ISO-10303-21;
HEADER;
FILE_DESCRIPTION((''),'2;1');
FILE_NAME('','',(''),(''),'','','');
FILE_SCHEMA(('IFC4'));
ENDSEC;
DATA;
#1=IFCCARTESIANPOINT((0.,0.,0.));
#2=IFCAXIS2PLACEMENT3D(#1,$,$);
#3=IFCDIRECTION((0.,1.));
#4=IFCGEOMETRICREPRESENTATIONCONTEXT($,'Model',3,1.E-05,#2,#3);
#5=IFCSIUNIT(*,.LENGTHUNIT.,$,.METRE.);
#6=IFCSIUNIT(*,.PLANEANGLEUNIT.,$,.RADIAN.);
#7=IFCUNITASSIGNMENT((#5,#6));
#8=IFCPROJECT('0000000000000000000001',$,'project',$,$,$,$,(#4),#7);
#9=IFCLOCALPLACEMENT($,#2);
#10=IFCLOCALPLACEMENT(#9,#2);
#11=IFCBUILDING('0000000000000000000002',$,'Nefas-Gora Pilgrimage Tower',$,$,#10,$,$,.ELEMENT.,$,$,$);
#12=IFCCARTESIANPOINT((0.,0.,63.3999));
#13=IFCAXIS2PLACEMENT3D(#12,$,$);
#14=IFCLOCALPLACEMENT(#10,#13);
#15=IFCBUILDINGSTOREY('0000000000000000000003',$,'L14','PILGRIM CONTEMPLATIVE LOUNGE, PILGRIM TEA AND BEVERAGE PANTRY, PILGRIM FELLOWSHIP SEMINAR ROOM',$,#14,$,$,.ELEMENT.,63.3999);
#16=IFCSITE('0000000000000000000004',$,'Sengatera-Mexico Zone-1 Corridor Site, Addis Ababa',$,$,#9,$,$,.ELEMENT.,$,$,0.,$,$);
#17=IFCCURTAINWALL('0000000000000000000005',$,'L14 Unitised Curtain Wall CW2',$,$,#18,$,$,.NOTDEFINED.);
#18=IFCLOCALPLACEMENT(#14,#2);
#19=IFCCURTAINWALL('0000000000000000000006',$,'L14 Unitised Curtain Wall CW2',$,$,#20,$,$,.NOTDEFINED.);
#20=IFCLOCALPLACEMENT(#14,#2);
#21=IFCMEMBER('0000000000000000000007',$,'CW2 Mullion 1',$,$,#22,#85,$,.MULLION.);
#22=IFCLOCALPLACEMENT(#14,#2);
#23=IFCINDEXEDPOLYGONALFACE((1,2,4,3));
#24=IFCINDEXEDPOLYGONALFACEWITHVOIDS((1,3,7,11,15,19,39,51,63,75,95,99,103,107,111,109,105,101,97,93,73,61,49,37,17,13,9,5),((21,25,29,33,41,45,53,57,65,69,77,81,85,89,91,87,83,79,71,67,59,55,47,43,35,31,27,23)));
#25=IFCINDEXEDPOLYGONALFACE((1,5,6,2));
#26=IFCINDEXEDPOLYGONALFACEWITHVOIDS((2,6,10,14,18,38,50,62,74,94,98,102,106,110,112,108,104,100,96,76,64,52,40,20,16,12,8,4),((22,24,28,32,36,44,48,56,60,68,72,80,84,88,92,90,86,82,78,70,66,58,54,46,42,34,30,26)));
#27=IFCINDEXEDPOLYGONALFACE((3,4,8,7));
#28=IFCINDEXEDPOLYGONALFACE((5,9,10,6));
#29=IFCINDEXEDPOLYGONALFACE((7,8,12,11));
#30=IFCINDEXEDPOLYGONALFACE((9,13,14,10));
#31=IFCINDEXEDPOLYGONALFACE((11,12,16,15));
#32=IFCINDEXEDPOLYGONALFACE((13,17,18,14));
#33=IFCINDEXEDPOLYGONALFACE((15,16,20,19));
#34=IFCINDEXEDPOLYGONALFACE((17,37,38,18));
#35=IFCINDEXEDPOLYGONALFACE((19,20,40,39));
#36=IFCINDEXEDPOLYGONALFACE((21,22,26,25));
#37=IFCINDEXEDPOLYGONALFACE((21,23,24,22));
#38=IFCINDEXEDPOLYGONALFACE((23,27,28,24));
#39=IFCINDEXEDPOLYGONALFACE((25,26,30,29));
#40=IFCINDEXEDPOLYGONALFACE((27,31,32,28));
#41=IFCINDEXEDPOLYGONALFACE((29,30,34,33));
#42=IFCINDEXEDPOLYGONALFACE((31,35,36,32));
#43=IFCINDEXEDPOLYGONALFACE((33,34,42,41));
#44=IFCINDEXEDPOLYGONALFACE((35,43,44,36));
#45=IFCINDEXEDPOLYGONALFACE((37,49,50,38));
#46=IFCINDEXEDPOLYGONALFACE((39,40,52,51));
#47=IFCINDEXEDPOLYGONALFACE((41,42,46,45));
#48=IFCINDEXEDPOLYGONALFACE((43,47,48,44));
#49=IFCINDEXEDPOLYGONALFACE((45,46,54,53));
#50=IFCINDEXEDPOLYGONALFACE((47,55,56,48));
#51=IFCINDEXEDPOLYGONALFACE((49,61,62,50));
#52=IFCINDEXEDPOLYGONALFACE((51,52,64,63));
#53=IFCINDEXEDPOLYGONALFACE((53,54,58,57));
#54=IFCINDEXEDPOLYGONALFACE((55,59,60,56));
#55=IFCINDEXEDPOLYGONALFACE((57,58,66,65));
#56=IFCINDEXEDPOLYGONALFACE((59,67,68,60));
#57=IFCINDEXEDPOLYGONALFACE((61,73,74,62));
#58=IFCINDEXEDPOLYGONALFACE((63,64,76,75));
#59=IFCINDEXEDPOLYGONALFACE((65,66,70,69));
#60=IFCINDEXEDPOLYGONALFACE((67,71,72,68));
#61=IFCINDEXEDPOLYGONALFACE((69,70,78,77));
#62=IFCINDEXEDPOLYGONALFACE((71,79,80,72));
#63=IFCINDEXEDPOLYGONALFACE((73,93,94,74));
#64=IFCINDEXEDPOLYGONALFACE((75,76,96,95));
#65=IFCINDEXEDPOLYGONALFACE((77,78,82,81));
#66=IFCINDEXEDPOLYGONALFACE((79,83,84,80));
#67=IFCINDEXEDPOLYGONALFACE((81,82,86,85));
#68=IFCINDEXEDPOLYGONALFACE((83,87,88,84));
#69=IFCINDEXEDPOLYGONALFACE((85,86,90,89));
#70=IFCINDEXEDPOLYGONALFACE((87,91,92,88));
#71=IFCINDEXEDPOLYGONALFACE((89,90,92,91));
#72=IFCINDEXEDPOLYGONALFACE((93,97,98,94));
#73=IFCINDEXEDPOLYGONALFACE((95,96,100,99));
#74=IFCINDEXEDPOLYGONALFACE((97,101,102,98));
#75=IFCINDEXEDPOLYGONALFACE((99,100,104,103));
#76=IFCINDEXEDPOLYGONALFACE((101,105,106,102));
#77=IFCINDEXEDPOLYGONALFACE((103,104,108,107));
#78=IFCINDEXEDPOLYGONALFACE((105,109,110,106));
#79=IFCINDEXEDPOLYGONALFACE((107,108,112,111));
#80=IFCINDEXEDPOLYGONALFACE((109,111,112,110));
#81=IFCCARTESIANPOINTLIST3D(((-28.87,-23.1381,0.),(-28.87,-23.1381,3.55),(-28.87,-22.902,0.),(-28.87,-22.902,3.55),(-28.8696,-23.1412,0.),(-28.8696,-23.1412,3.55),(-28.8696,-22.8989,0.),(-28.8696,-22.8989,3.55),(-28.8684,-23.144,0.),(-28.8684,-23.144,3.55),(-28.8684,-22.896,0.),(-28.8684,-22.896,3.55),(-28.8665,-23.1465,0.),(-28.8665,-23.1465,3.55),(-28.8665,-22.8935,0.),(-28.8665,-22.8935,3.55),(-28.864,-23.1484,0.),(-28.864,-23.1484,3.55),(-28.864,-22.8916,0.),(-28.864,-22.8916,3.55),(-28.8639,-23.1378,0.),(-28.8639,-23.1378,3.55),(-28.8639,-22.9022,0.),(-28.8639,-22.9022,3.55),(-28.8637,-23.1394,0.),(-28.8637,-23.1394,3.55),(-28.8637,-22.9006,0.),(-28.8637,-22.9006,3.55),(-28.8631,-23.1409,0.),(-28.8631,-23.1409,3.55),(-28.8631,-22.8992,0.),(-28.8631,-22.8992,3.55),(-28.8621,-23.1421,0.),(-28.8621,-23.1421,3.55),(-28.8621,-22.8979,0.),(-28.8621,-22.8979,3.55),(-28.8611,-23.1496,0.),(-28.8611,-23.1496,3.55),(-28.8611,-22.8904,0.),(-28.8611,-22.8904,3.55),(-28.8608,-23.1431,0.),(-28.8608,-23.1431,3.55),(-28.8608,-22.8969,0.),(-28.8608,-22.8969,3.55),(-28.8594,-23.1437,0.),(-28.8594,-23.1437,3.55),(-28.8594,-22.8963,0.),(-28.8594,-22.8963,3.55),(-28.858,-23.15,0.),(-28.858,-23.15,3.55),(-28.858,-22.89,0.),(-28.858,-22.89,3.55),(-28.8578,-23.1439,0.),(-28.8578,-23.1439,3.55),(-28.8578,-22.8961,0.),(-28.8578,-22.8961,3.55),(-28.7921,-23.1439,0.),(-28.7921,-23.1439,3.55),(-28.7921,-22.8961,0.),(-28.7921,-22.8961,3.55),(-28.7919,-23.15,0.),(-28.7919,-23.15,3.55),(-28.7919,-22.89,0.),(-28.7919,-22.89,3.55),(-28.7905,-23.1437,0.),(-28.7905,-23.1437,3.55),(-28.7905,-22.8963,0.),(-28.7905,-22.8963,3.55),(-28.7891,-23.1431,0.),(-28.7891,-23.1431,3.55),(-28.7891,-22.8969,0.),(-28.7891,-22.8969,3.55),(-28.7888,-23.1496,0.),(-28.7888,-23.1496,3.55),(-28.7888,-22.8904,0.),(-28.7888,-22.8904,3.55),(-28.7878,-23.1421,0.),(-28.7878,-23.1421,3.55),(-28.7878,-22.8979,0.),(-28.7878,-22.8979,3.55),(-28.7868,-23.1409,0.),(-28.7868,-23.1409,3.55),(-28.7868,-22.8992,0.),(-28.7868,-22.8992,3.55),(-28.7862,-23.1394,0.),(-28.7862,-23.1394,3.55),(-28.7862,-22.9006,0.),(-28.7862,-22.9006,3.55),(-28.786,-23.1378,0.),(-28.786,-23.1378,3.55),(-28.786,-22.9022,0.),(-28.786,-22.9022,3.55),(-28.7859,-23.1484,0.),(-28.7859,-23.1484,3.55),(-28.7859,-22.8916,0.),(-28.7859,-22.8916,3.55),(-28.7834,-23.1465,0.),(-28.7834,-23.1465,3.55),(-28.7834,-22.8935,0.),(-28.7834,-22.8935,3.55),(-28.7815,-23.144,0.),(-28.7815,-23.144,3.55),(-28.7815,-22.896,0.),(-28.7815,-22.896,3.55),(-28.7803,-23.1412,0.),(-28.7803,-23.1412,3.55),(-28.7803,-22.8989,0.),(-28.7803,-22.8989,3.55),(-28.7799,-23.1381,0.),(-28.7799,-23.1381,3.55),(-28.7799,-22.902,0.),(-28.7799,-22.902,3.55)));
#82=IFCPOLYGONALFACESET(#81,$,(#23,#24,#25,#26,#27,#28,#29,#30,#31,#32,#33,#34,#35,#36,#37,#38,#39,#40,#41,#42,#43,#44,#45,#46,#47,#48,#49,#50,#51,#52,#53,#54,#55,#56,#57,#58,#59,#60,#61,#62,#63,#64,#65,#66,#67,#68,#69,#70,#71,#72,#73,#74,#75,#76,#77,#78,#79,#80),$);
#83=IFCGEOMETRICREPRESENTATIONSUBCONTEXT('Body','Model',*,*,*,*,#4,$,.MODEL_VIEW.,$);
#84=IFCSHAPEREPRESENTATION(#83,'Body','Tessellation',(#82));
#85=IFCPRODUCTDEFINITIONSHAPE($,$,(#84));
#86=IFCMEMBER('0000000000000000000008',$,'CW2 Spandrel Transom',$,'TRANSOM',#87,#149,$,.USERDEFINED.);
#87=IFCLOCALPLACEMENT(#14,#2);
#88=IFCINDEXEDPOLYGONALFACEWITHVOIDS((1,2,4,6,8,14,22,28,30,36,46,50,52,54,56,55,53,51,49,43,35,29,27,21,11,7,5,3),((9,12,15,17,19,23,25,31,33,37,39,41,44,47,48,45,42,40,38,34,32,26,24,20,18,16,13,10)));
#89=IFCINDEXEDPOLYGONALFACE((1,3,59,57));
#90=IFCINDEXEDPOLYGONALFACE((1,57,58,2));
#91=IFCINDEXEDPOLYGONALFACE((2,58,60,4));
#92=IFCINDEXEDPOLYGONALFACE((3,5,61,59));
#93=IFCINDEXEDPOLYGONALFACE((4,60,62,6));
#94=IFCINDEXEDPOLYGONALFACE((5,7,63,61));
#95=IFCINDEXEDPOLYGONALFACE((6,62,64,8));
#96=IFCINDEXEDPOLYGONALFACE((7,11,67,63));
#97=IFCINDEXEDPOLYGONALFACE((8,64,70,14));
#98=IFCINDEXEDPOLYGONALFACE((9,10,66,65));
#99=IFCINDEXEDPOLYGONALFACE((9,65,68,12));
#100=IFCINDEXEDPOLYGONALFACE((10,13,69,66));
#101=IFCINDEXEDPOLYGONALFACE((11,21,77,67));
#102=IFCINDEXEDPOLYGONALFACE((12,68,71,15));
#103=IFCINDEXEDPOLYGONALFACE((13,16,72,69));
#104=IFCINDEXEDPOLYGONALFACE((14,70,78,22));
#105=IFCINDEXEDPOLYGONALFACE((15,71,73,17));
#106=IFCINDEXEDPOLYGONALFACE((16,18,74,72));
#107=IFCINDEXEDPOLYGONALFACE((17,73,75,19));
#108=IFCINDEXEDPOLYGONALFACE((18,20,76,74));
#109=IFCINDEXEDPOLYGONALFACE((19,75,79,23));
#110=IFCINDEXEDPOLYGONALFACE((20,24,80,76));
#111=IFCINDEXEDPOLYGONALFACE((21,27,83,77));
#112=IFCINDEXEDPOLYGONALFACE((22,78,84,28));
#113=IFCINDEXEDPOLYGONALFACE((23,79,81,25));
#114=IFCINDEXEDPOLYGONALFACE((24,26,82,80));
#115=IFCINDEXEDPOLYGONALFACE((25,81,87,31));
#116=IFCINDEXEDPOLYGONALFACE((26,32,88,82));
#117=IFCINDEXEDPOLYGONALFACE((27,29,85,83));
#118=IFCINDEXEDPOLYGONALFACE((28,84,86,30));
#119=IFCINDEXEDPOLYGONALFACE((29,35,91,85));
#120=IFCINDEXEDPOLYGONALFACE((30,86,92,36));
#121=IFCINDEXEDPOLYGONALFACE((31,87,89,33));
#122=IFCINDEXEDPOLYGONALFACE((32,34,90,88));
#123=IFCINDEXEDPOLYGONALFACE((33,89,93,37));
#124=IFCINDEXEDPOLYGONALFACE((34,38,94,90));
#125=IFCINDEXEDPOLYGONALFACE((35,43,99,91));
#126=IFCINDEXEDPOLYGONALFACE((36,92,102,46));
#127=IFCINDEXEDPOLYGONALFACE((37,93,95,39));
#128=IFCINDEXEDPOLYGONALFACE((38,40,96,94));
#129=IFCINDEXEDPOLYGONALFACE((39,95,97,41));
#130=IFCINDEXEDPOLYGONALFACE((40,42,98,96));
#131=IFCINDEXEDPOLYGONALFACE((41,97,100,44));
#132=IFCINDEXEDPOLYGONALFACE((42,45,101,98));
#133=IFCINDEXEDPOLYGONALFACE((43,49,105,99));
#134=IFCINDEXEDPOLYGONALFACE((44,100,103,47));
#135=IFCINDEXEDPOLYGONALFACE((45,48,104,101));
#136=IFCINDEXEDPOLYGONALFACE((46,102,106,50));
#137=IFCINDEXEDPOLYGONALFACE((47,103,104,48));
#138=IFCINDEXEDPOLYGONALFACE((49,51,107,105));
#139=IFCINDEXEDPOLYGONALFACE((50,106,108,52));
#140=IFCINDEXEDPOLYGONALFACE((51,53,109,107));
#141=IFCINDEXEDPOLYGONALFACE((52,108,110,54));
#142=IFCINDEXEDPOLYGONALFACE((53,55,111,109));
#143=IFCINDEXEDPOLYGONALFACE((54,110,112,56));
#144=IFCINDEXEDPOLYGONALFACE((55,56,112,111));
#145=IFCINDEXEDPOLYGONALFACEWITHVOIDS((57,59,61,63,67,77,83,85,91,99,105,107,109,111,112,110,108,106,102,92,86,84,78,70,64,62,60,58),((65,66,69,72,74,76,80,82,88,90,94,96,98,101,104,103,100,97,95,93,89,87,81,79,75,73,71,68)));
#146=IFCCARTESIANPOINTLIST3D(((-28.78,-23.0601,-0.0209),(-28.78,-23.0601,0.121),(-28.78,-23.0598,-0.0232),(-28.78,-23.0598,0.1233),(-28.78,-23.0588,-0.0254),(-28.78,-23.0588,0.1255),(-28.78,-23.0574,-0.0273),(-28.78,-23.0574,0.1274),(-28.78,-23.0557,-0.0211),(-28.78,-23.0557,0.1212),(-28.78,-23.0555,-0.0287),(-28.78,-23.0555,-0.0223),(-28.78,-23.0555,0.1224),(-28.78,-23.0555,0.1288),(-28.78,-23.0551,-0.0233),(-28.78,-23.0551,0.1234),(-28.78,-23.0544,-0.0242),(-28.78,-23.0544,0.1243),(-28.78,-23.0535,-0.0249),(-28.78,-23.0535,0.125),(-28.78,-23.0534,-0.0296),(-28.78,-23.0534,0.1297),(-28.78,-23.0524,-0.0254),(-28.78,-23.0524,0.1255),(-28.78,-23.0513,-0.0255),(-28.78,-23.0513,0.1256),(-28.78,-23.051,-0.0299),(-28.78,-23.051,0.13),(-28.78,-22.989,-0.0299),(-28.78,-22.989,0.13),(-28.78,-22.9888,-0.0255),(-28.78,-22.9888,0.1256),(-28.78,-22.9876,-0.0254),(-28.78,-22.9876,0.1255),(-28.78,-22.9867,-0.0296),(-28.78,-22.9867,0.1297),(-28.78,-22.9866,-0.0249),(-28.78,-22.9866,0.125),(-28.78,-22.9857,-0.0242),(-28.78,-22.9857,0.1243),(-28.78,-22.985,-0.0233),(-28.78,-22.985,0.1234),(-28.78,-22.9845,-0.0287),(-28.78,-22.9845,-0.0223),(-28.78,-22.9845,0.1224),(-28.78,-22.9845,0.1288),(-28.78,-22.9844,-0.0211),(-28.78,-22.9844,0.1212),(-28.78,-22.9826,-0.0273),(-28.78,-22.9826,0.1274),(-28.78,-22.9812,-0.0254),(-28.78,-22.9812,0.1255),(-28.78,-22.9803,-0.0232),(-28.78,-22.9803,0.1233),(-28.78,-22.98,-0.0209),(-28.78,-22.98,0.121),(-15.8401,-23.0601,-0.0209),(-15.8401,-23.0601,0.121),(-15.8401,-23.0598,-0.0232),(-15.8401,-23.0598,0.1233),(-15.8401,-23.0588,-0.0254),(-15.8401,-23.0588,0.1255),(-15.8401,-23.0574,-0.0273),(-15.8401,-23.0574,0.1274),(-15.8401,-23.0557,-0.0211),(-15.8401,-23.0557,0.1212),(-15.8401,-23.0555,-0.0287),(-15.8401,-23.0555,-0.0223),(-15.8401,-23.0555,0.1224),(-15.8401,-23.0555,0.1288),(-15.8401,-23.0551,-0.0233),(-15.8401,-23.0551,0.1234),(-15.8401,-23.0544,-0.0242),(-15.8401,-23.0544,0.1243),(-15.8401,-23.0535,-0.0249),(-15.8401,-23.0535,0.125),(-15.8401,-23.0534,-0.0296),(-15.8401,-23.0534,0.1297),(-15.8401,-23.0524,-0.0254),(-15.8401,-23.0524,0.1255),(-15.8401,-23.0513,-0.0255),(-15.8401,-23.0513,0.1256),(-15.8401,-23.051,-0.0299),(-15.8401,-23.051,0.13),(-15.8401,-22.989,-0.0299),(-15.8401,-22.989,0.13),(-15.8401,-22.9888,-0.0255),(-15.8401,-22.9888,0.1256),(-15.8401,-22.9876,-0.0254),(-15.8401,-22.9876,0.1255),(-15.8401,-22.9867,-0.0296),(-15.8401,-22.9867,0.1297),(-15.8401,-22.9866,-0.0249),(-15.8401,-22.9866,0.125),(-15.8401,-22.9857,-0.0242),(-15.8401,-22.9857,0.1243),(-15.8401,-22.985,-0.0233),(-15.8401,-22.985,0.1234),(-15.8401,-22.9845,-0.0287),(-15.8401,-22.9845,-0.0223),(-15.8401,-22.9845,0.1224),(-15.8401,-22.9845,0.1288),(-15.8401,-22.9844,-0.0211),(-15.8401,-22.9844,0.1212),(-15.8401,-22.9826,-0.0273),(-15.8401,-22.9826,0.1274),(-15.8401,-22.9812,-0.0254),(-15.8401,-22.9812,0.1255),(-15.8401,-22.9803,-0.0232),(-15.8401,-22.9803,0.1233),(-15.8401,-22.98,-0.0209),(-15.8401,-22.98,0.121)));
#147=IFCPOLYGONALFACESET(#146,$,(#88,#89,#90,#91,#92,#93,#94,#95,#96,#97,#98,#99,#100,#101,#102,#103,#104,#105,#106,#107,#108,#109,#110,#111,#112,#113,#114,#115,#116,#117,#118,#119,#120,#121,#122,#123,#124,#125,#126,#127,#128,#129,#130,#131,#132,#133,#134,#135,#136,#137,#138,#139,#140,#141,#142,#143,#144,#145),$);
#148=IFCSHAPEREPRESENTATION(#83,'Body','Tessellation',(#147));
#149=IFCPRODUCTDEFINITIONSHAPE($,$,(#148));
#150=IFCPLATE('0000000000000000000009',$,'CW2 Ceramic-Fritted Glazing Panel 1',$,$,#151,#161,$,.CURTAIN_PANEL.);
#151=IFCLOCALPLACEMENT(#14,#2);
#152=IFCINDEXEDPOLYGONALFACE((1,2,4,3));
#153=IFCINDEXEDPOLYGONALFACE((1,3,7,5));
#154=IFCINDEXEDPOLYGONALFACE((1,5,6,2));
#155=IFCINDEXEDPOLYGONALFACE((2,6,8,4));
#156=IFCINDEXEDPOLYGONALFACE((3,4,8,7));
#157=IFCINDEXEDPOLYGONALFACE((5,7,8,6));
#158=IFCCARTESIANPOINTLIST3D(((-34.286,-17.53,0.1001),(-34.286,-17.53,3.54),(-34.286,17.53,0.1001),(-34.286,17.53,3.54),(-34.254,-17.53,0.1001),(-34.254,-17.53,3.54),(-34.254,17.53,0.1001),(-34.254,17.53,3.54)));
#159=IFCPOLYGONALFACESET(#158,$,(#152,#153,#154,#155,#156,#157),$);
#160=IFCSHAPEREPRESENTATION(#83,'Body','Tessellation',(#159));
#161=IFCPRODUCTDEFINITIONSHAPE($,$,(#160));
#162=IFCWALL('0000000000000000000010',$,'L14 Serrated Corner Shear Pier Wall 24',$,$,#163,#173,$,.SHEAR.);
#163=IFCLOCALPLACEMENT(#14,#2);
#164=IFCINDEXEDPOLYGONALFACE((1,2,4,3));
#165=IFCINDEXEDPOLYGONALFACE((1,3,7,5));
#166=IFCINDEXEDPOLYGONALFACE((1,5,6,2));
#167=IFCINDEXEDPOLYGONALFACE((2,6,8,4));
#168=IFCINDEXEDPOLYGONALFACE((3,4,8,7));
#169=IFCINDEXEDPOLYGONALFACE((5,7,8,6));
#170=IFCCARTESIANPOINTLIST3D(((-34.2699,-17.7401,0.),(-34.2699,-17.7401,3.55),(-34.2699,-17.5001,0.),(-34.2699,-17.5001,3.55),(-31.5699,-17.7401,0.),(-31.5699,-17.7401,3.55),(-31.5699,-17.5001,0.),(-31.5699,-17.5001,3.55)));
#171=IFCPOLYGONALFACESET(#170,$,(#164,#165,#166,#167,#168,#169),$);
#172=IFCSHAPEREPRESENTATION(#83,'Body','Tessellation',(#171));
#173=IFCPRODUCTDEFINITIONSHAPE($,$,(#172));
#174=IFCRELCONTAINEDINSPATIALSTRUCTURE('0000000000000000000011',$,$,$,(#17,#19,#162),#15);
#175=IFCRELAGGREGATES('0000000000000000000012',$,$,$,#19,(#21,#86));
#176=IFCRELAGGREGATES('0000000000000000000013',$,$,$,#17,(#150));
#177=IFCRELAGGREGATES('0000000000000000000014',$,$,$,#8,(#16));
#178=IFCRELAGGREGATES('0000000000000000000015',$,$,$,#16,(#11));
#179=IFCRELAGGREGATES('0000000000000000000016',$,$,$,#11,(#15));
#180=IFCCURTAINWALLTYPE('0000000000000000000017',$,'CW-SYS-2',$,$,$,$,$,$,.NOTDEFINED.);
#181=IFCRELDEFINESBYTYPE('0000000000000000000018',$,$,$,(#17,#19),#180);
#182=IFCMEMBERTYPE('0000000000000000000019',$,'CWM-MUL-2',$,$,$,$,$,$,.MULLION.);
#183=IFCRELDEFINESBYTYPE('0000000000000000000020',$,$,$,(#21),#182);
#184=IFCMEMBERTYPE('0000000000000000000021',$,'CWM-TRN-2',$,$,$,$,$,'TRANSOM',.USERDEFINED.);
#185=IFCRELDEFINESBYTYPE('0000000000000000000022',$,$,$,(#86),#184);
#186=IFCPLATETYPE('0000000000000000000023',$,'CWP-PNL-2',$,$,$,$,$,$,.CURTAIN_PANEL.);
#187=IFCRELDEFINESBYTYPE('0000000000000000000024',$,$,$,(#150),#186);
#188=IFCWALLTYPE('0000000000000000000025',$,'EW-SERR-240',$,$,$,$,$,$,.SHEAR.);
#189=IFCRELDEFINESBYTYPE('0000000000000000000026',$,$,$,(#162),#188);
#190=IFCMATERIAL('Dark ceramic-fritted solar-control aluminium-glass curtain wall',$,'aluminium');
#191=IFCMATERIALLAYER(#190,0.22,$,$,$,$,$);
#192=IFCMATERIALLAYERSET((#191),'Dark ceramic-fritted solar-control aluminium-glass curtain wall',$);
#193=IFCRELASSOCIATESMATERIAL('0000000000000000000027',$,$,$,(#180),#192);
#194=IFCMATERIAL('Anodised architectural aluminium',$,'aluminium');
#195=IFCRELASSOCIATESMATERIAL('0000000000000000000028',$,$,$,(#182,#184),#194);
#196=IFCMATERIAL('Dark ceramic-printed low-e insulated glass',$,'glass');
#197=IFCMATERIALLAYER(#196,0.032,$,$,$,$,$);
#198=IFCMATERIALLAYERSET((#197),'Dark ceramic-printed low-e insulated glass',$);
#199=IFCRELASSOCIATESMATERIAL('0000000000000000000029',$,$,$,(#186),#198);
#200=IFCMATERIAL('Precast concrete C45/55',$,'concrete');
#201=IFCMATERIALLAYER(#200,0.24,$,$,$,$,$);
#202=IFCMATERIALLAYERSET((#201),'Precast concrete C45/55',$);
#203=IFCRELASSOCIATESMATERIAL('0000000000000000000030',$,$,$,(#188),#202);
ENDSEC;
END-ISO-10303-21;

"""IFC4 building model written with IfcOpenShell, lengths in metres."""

from ifc_helpers import new_model, si_unit, direction, frame, frame_2d, origin, origin_2d, place, context, subcontext, project, spatial, rectangle, hollow_rectangle, extrude, source, transform, mapped, material, layer, layer_set, material_profile, profile_set, type_object, element, aggregate, save


model = new_model("IFC4")

# Units and contexts
model_context = context("Model", 3, precision=1e-05, world=origin(), true_north=direction((0.0, 1.0)))
body_context = subcontext(model_context, "Body", "Model", "MODEL_VIEW")
ifc_project = project(units=[si_unit("LENGTHUNIT", "METRE"), si_unit("PLANEANGLEUNIT", "RADIAN")], contexts=[model_context])

# Site, building, storey
site_placement = place(None, origin())
site = spatial("IfcSite", under=ifc_project, at=site_placement, Name="Sengatera-Mexico Zone-1 Corridor Site, Addis Ababa", CompositionType="ELEMENT", RefElevation=0.0)
building_placement = place(site_placement, origin())
building = spatial("IfcBuilding", under=site, at=building_placement, Name="Nefas-Gora Pilgrimage Tower", CompositionType="ELEMENT")
storey_placement = place(building_placement, frame((0.0, 0.0, 63.3999)))
storey = spatial("IfcBuildingStorey", under=building, at=storey_placement, Name="L14", Description="PILGRIM CONTEMPLATIVE LOUNGE, PILGRIM TEA AND BEVERAGE PANTRY, PILGRIM FELLOWSHIP SEMINAR ROOM", CompositionType="ELEMENT", Elevation=63.3999)

# Curtain wall
ifc_material_1 = material(Name="Dark ceramic-fritted solar-control aluminium-glass curtain wall", Category="aluminium")
ifc_layer_1 = layer(ifc_material_1, 0.22)
ifc_layer_set_1 = layer_set([ifc_layer_1], Name="Dark ceramic-fritted solar-control aluminium-glass curtain wall")
curtain_wall_type = type_object("IfcCurtainWallType", Name="CW-SYS-2", PredefinedType="NOTDEFINED", material=ifc_layer_set_1)
curtain_wall_1_placement = place(storey_placement, origin())
curtain_wall_1 = element("IfcCurtainWall", 1, at=curtain_wall_1_placement, inside=storey, type_object=curtain_wall_type, Name="L14 Unitised Curtain Wall CW2", PredefinedType="NOTDEFINED")
ifc_material_2 = material(Name="Anodised architectural aluminium", Category="aluminium")
ifc_material_profile_1 = material_profile(ifc_material_2, hollow_rectangle(XDim=0.0901, YDim=0.26, WallThickness=0.0061, InnerFilletRadius=0.0061, OuterFilletRadius=0.012, at=origin_2d()), Name="ALU MULLION 90x260")
ifc_profile_set_1 = profile_set([ifc_material_profile_1], Name="Anodised architectural aluminium")
member_type_1 = type_object("IfcMemberType", Name="CWM-MUL-2", PredefinedType="MULLION", material=ifc_profile_set_1)
shared_shape_1 = source(origin(), body_context, "Body", "SweptSolid", [
    extrude(hollow_rectangle(XDim=0.0901, YDim=0.26, WallThickness=0.0061, InnerFilletRadius=0.0061, OuterFilletRadius=0.012, at=origin_2d()), origin(), (0.0, 0.0, 1.0), 3.55),
])

# Curtain wall, members
curtain_wall_2_placement = place(storey_placement, origin())
curtain_wall_2 = element("IfcCurtainWall", 2, at=curtain_wall_2_placement, inside=storey, type_object=curtain_wall_type, Name="L14 Unitised Curtain Wall CW2", PredefinedType="NOTDEFINED")
member_1_placement = place(storey_placement, frame((-28.825, -23.02, 0.0), z_axis=(0.0, 0.0, 1.0), x_axis=(1.0, 0.0, 0.0)))
member_1 = element("IfcMember", 3, at=member_1_placement, type_object=member_type_1, Name="CW2 Mullion 1", PredefinedType="MULLION", context=body_context, shape_type="MappedRepresentation", body=[
    mapped(shared_shape_1, transform((0.0, 0.0, 0.0), x_axis=(1.0, 0.0, 0.0), y_axis=(0.0, 1.0, 0.0), z_axis=(0.0, 0.0, 1.0), scale=1.0)),
])
ifc_material_profile_2 = material_profile(ifc_material_2, hollow_rectangle(XDim=0.0801, YDim=0.1599, WallThickness=0.0044, InnerFilletRadius=0.0044, OuterFilletRadius=0.009, at=origin_2d()), Name="ALU TRANSOM 80x160")
ifc_profile_set_2 = profile_set([ifc_material_profile_2], Name="Anodised architectural aluminium")
member_type_2 = type_object("IfcMemberType", Name="CWM-TRN-2", ElementType="TRANSOM", PredefinedType="USERDEFINED", material=ifc_profile_set_2)
shared_shape_2 = source(origin(), body_context, "Body", "SweptSolid", [
    extrude(hollow_rectangle(XDim=0.0801, YDim=0.1599, WallThickness=0.0044, InnerFilletRadius=0.0044, OuterFilletRadius=0.009, at=origin_2d()), origin(), (0.0, 0.0, 1.0), 12.9399),
])
member_2_placement = place(storey_placement, frame((-28.78, -23.02, 0.05), z_axis=(1.0, 0.0, 0.0), x_axis=(0.0, 1.0, 0.0)))
member_2 = element("IfcMember", 4, at=member_2_placement, type_object=member_type_2, Name="CW2 Spandrel Transom", ObjectType="TRANSOM", PredefinedType="USERDEFINED", context=body_context, shape_type="MappedRepresentation", body=[
    mapped(shared_shape_2, transform((0.0, 0.0, 0.0), x_axis=(1.0, 0.0, 0.0), y_axis=(0.0, 1.0, 0.0), z_axis=(0.0, 0.0, 1.0), scale=1.0)),
])
aggregate(curtain_wall_2, [member_1, member_2])

# Plate
ifc_material_3 = material(Name="Dark ceramic-printed low-e insulated glass", Category="glass")
ifc_layer_2 = layer(ifc_material_3, 0.032)
ifc_layer_set_2 = layer_set([ifc_layer_2], Name="Dark ceramic-printed low-e insulated glass")
plate_type = type_object("IfcPlateType", Name="CWP-PNL-2", PredefinedType="CURTAIN_PANEL", material=ifc_layer_set_2)
shared_shape_3 = source(origin(), body_context, "Body", "SweptSolid", [
    extrude(rectangle(XDim=35.0601, YDim=0.032, at=origin_2d()), origin(), (0.0, 0.0, 1.0), 3.4399),
])
plate_placement = place(storey_placement, frame((-34.27, 0.0, 0.1001), z_axis=(0.0, 0.0, 1.0), x_axis=(0.0, -1.0, 0.0)))
plate = element("IfcPlate", 5, at=plate_placement, type_object=plate_type, Name="CW2 Ceramic-Fritted Glazing Panel 1", PredefinedType="CURTAIN_PANEL", context=body_context, shape_type="MappedRepresentation", body=[
    mapped(shared_shape_3, transform((0.0, 0.0, 0.0), x_axis=(1.0, 0.0, 0.0), y_axis=(0.0, 1.0, 0.0), z_axis=(0.0, 0.0, 1.0), scale=1.0)),
])
aggregate(curtain_wall_1, [plate])

# Wall
ifc_material_4 = material(Name="Precast concrete C45/55", Category="concrete")
ifc_layer_3 = layer(ifc_material_4, 0.24)
ifc_layer_set_3 = layer_set([ifc_layer_3], Name="Precast concrete C45/55")
wall_type_1 = type_object("IfcWallType", Name="EW-SERR-240", PredefinedType="SHEAR", material=ifc_layer_set_3)
shared_shape_4 = source(origin(), body_context, "Body", "SweptSolid", [
    extrude(rectangle(XDim=2.7, YDim=0.24, at=frame_2d((1.3501, 0.0))), origin(), (0.0, 0.0, 1.0), 3.55),
])
wall_1_placement = place(storey_placement, frame((-34.27, -17.6201, 0.0), z_axis=(0.0, 0.0, 1.0), x_axis=(1.0, 0.0, 0.0)))
element("IfcWall", 6, at=wall_1_placement, inside=storey, type_object=wall_type_1, Name="L14 Serrated Corner Shear Pier Wall 24", PredefinedType="SHEAR", context=body_context, shape_type="MappedRepresentation", body=[
    mapped(shared_shape_4, transform((0.0, 0.0, 0.0), x_axis=(1.0, 0.0, 0.0), y_axis=(0.0, 1.0, 0.0), z_axis=(0.0, 0.0, 1.0), scale=1.0)),
])

save(model, "model.ifc")
